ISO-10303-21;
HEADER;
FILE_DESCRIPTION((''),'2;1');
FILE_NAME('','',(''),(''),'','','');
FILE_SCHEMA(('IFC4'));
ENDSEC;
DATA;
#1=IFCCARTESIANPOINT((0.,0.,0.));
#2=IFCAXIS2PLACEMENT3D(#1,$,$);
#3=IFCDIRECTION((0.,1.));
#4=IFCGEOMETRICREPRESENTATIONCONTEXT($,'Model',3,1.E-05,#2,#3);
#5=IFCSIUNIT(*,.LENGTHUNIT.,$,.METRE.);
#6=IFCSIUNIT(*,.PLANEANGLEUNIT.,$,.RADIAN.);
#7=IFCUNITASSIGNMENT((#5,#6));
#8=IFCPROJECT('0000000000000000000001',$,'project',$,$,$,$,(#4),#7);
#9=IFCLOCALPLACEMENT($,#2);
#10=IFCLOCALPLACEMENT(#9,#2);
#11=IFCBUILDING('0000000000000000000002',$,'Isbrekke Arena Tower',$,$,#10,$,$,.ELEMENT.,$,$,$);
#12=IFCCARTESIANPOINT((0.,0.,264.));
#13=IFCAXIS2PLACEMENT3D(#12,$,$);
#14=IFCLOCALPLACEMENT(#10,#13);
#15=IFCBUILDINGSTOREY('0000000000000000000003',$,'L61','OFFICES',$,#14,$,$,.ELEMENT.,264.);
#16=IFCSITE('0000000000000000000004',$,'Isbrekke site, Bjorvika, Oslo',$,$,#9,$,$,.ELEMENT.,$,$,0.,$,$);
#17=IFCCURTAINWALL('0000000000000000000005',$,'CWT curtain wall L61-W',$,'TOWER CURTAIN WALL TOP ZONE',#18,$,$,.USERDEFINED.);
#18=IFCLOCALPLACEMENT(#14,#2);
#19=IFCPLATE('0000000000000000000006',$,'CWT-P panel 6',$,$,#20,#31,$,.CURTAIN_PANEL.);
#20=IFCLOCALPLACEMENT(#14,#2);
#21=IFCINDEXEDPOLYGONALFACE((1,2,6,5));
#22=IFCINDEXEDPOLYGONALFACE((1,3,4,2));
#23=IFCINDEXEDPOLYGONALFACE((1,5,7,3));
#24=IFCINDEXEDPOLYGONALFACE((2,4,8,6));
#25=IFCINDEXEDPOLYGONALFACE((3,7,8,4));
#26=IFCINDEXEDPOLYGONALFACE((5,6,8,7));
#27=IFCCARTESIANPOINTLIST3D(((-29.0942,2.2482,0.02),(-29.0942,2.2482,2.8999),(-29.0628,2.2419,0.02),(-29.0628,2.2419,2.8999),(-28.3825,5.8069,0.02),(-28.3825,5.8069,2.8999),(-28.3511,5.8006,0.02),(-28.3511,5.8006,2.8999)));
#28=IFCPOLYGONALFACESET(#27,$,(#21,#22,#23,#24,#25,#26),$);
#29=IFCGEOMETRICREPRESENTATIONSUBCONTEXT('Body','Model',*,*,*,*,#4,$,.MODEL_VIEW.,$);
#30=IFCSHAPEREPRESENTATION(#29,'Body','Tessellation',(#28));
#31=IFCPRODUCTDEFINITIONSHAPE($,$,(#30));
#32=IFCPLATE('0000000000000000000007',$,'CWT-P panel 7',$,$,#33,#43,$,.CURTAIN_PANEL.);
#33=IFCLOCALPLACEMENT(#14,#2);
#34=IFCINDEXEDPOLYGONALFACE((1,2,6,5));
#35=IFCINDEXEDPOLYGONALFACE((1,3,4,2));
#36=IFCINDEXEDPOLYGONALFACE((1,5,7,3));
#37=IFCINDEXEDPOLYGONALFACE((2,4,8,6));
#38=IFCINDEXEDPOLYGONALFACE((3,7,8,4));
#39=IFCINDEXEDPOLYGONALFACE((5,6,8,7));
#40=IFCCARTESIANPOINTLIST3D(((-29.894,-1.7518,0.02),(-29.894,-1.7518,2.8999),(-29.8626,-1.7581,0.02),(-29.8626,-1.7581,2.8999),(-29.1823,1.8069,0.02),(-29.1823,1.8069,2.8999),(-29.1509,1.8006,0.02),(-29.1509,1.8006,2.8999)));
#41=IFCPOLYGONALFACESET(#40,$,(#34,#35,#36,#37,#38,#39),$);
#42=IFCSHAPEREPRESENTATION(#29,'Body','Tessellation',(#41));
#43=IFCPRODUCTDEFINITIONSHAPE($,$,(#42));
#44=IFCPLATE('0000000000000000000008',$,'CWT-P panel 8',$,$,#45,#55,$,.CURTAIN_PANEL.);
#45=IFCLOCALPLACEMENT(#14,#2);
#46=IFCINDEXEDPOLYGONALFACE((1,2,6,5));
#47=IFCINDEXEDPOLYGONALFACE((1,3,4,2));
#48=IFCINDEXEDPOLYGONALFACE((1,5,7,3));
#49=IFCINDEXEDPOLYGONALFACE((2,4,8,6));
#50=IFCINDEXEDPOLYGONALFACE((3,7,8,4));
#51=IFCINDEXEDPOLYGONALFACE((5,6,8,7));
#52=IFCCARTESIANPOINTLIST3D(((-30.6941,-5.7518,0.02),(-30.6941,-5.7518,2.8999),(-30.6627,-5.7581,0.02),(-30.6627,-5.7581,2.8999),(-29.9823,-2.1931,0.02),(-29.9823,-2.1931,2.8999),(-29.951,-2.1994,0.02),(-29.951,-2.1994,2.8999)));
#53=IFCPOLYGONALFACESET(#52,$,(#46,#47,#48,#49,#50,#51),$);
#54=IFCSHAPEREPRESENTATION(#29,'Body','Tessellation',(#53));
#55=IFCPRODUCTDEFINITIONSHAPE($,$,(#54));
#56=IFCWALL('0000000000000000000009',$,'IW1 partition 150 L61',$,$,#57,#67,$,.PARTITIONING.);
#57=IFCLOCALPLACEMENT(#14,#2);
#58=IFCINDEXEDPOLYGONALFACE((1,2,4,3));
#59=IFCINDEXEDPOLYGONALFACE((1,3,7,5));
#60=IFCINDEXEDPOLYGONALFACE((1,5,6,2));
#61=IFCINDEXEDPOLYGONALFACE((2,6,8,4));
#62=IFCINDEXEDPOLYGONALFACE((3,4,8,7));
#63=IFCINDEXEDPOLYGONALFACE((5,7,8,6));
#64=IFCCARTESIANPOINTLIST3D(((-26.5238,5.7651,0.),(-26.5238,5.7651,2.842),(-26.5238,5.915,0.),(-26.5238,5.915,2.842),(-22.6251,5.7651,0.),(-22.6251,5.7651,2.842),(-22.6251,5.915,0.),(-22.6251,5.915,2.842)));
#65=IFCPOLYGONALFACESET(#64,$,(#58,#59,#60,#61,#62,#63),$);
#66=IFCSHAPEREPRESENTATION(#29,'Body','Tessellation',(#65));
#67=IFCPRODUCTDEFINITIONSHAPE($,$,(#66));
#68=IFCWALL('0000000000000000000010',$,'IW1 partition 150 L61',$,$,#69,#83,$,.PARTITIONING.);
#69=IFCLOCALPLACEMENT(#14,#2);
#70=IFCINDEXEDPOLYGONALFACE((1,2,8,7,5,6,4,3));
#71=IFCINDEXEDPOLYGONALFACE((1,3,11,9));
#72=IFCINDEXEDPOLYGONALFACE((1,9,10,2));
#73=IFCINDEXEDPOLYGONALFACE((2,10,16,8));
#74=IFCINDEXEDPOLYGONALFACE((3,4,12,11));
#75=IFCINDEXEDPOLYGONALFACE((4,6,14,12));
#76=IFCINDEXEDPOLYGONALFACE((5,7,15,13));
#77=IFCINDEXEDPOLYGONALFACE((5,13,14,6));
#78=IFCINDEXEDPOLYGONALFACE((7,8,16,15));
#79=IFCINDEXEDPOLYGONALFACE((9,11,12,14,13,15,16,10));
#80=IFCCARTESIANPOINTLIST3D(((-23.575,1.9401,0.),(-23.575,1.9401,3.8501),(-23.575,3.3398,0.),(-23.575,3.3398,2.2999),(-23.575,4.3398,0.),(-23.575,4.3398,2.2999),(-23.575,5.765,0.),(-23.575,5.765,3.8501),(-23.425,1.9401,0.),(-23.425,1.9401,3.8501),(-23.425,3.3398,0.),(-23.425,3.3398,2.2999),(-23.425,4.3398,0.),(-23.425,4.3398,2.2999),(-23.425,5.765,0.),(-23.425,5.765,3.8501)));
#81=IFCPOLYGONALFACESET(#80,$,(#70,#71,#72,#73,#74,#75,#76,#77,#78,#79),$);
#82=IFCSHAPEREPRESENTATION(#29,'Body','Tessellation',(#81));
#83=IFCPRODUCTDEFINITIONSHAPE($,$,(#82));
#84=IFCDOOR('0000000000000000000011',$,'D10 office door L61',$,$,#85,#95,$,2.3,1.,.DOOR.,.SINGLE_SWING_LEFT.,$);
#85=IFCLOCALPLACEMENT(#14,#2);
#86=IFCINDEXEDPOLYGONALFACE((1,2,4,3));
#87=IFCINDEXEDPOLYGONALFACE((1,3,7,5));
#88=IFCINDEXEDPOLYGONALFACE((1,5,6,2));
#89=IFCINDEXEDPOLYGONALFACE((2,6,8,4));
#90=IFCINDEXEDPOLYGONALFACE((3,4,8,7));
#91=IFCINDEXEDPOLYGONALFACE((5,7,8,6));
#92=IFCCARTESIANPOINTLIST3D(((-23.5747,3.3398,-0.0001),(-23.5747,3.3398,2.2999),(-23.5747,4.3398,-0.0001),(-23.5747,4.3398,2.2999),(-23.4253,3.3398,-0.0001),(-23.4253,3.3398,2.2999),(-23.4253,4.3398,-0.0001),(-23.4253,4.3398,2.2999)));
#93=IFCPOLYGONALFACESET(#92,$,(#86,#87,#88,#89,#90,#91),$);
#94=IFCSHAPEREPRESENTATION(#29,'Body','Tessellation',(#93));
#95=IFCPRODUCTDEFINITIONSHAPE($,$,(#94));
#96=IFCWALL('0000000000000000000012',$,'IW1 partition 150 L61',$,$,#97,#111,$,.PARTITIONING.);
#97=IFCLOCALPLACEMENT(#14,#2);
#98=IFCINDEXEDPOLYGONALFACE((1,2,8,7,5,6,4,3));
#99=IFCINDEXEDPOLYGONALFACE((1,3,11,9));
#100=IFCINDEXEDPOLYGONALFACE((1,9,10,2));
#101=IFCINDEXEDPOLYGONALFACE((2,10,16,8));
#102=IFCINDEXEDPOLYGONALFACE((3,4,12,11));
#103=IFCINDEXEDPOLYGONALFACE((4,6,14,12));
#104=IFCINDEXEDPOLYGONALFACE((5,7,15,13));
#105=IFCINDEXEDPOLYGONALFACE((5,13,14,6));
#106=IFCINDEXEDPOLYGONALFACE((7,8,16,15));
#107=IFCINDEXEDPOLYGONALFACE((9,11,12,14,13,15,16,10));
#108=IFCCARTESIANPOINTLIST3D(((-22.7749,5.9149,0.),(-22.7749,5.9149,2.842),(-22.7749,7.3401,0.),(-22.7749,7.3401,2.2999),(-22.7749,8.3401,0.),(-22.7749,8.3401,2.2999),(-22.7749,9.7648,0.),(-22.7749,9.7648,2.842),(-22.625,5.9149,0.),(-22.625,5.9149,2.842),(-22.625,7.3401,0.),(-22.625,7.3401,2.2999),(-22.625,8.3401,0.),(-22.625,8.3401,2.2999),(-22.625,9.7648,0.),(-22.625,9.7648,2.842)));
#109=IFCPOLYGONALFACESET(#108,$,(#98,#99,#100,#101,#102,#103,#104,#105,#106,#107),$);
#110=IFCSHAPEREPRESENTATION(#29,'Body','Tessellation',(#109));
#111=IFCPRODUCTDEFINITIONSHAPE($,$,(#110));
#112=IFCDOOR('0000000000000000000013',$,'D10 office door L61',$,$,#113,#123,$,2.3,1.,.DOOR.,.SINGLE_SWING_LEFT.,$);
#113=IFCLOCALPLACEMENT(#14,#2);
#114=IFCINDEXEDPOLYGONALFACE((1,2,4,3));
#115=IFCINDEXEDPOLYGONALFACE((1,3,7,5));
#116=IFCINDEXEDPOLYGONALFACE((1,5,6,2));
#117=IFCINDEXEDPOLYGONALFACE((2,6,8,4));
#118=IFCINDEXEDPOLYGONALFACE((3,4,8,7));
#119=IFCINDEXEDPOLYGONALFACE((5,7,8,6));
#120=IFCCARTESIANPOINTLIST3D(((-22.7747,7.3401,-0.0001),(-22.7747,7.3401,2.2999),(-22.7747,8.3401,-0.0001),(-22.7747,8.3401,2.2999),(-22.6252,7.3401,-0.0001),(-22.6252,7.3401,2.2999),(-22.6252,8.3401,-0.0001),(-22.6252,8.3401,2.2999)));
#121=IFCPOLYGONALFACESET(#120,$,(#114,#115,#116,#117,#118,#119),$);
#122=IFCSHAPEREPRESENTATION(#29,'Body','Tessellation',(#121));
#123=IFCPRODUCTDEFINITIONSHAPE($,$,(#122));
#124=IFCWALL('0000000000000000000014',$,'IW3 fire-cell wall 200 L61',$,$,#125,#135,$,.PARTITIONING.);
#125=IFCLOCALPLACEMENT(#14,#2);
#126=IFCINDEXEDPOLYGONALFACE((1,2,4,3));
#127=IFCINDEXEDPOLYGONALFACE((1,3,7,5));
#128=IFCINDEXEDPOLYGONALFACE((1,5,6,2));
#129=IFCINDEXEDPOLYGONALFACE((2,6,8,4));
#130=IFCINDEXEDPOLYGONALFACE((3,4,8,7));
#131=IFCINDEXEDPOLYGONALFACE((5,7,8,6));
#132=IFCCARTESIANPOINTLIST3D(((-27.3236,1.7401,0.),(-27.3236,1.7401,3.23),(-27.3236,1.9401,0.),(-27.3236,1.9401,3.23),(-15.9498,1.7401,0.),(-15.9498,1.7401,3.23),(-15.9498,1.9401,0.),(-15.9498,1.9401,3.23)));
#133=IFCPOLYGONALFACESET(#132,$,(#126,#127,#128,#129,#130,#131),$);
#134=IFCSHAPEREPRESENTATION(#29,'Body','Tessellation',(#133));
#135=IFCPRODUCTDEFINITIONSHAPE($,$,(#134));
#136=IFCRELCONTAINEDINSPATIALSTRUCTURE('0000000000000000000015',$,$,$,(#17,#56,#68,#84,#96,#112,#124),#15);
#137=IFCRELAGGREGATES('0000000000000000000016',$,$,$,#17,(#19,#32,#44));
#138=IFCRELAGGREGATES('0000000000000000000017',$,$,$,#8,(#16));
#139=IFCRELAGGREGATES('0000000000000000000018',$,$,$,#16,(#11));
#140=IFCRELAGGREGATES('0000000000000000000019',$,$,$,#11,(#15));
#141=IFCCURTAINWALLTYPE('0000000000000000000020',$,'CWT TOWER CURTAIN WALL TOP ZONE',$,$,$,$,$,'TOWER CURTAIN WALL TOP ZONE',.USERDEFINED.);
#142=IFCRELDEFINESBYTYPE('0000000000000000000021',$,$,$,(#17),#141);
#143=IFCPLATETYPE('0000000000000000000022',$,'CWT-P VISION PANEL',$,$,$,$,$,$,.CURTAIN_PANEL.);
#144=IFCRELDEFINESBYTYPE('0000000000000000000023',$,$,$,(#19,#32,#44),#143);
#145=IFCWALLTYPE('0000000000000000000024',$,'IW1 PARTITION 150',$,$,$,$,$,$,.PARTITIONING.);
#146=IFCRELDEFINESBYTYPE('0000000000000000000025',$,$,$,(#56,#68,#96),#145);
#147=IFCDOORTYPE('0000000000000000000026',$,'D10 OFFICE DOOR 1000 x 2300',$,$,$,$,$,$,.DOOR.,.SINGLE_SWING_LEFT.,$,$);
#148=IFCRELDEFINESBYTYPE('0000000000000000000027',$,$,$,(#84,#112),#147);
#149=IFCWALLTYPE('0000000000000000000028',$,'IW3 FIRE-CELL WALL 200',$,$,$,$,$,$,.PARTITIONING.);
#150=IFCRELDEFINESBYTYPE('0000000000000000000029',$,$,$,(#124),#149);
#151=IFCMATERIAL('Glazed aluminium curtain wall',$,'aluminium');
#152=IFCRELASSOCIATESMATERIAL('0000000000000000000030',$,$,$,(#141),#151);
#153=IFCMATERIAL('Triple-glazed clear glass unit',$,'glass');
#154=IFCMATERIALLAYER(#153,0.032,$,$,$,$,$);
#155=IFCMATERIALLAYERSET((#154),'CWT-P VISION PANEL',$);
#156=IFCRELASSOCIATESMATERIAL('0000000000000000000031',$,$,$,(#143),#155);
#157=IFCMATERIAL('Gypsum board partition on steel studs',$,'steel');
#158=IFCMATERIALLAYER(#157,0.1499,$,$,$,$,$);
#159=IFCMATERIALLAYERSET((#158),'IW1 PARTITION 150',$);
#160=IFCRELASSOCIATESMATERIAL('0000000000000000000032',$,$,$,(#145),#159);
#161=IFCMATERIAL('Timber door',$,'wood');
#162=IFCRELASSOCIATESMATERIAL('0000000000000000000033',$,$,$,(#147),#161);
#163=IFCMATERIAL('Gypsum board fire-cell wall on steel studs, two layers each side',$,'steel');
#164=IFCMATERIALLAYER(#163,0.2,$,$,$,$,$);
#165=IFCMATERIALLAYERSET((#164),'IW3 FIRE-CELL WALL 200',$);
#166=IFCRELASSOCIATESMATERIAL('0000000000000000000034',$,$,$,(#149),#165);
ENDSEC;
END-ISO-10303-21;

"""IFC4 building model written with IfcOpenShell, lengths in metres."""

from ifc_helpers import new_model, si_unit, direction, frame, frame_2d, origin, origin_2d, place, context, subcontext, project, spatial, rectangle, extrude, material, layer, layer_set, type_object, element, fill, aggregate, save


model = new_model("IFC4")

# Units and contexts
model_context = context("Model", 3, precision=1e-05, world=origin(), true_north=direction((0.0, 1.0)))
body_context = subcontext(model_context, "Body", "Model", "MODEL_VIEW")
ifc_project = project(units=[si_unit("LENGTHUNIT", "METRE"), si_unit("PLANEANGLEUNIT", "RADIAN")], contexts=[model_context])

# Site, building, storey
site_placement = place(None, origin())
site = spatial("IfcSite", under=ifc_project, at=site_placement, Name="Isbrekke site, Bjorvika, Oslo", CompositionType="ELEMENT", RefElevation=0.0)
building_placement = place(site_placement, origin())
building = spatial("IfcBuilding", under=site, at=building_placement, Name="Isbrekke Arena Tower", CompositionType="ELEMENT")
storey_placement = place(building_placement, frame((0.0, 0.0, 264.0)))
storey = spatial("IfcBuildingStorey", under=building, at=storey_placement, Name="L61", Description="OFFICES", CompositionType="ELEMENT", Elevation=264.0)

# Curtain wall
ifc_material_1 = material(Name="Glazed aluminium curtain wall", Category="aluminium")
curtain_wall_type = type_object("IfcCurtainWallType", Name="CWT TOWER CURTAIN WALL TOP ZONE", ElementType="TOWER CURTAIN WALL TOP ZONE", PredefinedType="USERDEFINED", material=ifc_material_1)
curtain_wall_placement = place(storey_placement, origin())
curtain_wall = element("IfcCurtainWall", 1, at=curtain_wall_placement, inside=storey, type_object=curtain_wall_type, Name="CWT curtain wall L61-W", ObjectType="TOWER CURTAIN WALL TOP ZONE", PredefinedType="USERDEFINED")

# Plates
ifc_material_2 = material(Name="Triple-glazed clear glass unit", Category="glass")
ifc_layer_1 = layer(ifc_material_2, 0.032)
ifc_layer_set_1 = layer_set([ifc_layer_1], Name="CWT-P VISION PANEL")
plate_type = type_object("IfcPlateType", Name="CWT-P VISION PANEL", PredefinedType="CURTAIN_PANEL", material=ifc_layer_set_1)
plate_1_placement = place(storey_placement, frame((-28.7227, 4.0244, 0.02), z_axis=(0.0, 0.0, 1.0), x_axis=(-0.196116, -0.980581, 0.0)))
plate_1 = element("IfcPlate", 2, at=plate_1_placement, type_object=plate_type, Name="CWT-P panel 6", PredefinedType="CURTAIN_PANEL", context=body_context, shape_type="SweptSolid", body=[
    extrude(rectangle(XDim=3.6292, YDim=0.032, at=origin_2d()), origin(), (0.0, 0.0, 1.0), 2.8799),
])
plate_2_placement = place(storey_placement, frame((-29.5225, 0.0244, 0.02), z_axis=(0.0, 0.0, 1.0), x_axis=(-0.196116, -0.980581, 0.0)))
plate_2 = element("IfcPlate", 3, at=plate_2_placement, type_object=plate_type, Name="CWT-P panel 7", PredefinedType="CURTAIN_PANEL", context=body_context, shape_type="SweptSolid", body=[
    extrude(rectangle(XDim=3.6292, YDim=0.032, at=origin_2d()), origin(), (0.0, 0.0, 1.0), 2.8799),
])
plate_3_placement = place(storey_placement, frame((-30.3225, -3.9756, 0.02), z_axis=(0.0, 0.0, 1.0), x_axis=(-0.196116, -0.980581, 0.0)))
plate_3 = element("IfcPlate", 4, at=plate_3_placement, type_object=plate_type, Name="CWT-P panel 8", PredefinedType="CURTAIN_PANEL", context=body_context, shape_type="SweptSolid", body=[
    extrude(rectangle(XDim=3.6292, YDim=0.032, at=origin_2d()), origin(), (0.0, 0.0, 1.0), 2.8799),
])
aggregate(curtain_wall, [plate_1, plate_2, plate_3])

# Wall
ifc_material_3 = material(Name="Gypsum board partition on steel studs", Category="steel")
ifc_layer_2 = layer(ifc_material_3, 0.1499)
ifc_layer_set_2 = layer_set([ifc_layer_2], Name="IW1 PARTITION 150")
wall_type_1 = type_object("IfcWallType", Name="IW1 PARTITION 150", PredefinedType="PARTITIONING", material=ifc_layer_set_2)
wall_1_placement = place(storey_placement, frame((-26.5237, 5.8401, 0.0), z_axis=(0.0, 0.0, 1.0), x_axis=(1.0, 0.0, 0.0)))
element("IfcWall", 5, at=wall_1_placement, inside=storey, type_object=wall_type_1, Name="IW1 partition 150 L61", PredefinedType="PARTITIONING", context=body_context, shape_type="SweptSolid", body=[
    extrude(rectangle(XDim=3.8987, YDim=0.1499, at=frame_2d((1.9492, 0.0))), origin(), (0.0, 0.0, 1.0), 2.842),
])

# Walls, openings, doors
wall_2_placement = place(storey_placement, frame((-23.5, 1.9399, 0.0), z_axis=(0.0, 0.0, 1.0), x_axis=(0.0, 1.0, 0.0)))
wall_2 = element("IfcWall", 6, at=wall_2_placement, inside=storey, type_object=wall_type_1, Name="IW1 partition 150 L61", PredefinedType="PARTITIONING", context=body_context, shape_type="SweptSolid", body=[
    extrude(rectangle(XDim=3.825, YDim=0.1499, at=frame_2d((1.9126, 0.0))), origin(), (0.0, 0.0, 1.0), 3.8501),
])
opening_1_placement = place(wall_2_placement, frame((1.3999, 0.0, 0.0)))
opening_1 = element("IfcOpeningElement", 7, at=opening_1_placement, cuts=wall_2, PredefinedType="OPENING", context=body_context, shape_type="SweptSolid", body=[
    extrude(rectangle(XDim=1.0, YDim=2.3, at=frame_2d((0.5, 1.1499))), frame((0.0, 0.0898, 0.0), z_axis=(0.0, -1.0, 0.0), x_axis=(1.0, 0.0, 0.0)), (0.0, 0.0, 1.0), 0.1797),
])
ifc_material_4 = material(Name="Timber door", Category="wood")
door_type = type_object("IfcDoorType", Name="D10 OFFICE DOOR 1000 x 2300", OperationType="SINGLE_SWING_LEFT", PredefinedType="DOOR", material=ifc_material_4)
door_1_placement = place(opening_1_placement, origin())
door_1 = element("IfcDoor", 8, at=door_1_placement, inside=storey, type_object=door_type, Name="D10 office door L61", OperationType="SINGLE_SWING_LEFT", OverallHeight=2.3, OverallWidth=1.0, PredefinedType="DOOR", context=body_context, shape_type="SweptSolid", body=[
    extrude(rectangle(XDim=1.0, YDim=2.3, at=frame_2d((0.5, 1.1499))), frame((0.0, 0.0747, 0.0), z_axis=(0.0, -1.0, 0.0), x_axis=(1.0, 0.0, 0.0)), (0.0, 0.0, 1.0), 0.1494),
])
fill(opening_1, door_1)
wall_3_placement = place(storey_placement, frame((-22.7, 5.915, 0.0), z_axis=(0.0, 0.0, 1.0), x_axis=(0.0, 1.0, 0.0)))
wall_3 = element("IfcWall", 9, at=wall_3_placement, inside=storey, type_object=wall_type_1, Name="IW1 partition 150 L61", PredefinedType="PARTITIONING", context=body_context, shape_type="SweptSolid", body=[
    extrude(rectangle(XDim=3.8499, YDim=0.1499, at=frame_2d((1.9248, 0.0))), origin(), (0.0, 0.0, 1.0), 2.842),
])
opening_2_placement = place(wall_3_placement, frame((1.425, 0.0, 0.0)))
opening_2 = element("IfcOpeningElement", 10, at=opening_2_placement, cuts=wall_3, PredefinedType="OPENING", context=body_context, shape_type="SweptSolid", body=[
    extrude(rectangle(XDim=1.0, YDim=2.3, at=frame_2d((0.5, 1.1499))), frame((0.0, 0.0898, 0.0), z_axis=(0.0, -1.0, 0.0), x_axis=(1.0, 0.0, 0.0)), (0.0, 0.0, 1.0), 0.1797),
])
door_2_placement = place(opening_2_placement, origin())
door_2 = element("IfcDoor", 11, at=door_2_placement, inside=storey, type_object=door_type, Name="D10 office door L61", OperationType="SINGLE_SWING_LEFT", OverallHeight=2.3, OverallWidth=1.0, PredefinedType="DOOR", context=body_context, shape_type="SweptSolid", body=[
    extrude(rectangle(XDim=1.0, YDim=2.3, at=frame_2d((0.5, 1.1499))), frame((0.0, 0.0747, 0.0), z_axis=(0.0, -1.0, 0.0), x_axis=(1.0, 0.0, 0.0)), (0.0, 0.0, 1.0), 0.1494),
])
fill(opening_2, door_2)

# Wall
ifc_material_5 = material(Name="Gypsum board fire-cell wall on steel studs, two layers each side", Category="steel")
ifc_layer_3 = layer(ifc_material_5, 0.2)
ifc_layer_set_3 = layer_set([ifc_layer_3], Name="IW3 FIRE-CELL WALL 200")
wall_type_2 = type_object("IfcWallType", Name="IW3 FIRE-CELL WALL 200", PredefinedType="PARTITIONING", material=ifc_layer_set_3)
wall_4_placement = place(storey_placement, frame((-27.3237, 1.8401, 0.0), z_axis=(0.0, 0.0, 1.0), x_axis=(1.0, 0.0, 0.0)))
element("IfcWall", 12, at=wall_4_placement, inside=storey, type_object=wall_type_2, Name="IW3 fire-cell wall 200 L61", PredefinedType="PARTITIONING", context=body_context, shape_type="SweptSolid", body=[
    extrude(rectangle(XDim=11.3738, YDim=0.2, at=frame_2d((5.687, 0.0))), origin(), (0.0, 0.0, 1.0), 3.23),
])

save(model, "model.ifc")
